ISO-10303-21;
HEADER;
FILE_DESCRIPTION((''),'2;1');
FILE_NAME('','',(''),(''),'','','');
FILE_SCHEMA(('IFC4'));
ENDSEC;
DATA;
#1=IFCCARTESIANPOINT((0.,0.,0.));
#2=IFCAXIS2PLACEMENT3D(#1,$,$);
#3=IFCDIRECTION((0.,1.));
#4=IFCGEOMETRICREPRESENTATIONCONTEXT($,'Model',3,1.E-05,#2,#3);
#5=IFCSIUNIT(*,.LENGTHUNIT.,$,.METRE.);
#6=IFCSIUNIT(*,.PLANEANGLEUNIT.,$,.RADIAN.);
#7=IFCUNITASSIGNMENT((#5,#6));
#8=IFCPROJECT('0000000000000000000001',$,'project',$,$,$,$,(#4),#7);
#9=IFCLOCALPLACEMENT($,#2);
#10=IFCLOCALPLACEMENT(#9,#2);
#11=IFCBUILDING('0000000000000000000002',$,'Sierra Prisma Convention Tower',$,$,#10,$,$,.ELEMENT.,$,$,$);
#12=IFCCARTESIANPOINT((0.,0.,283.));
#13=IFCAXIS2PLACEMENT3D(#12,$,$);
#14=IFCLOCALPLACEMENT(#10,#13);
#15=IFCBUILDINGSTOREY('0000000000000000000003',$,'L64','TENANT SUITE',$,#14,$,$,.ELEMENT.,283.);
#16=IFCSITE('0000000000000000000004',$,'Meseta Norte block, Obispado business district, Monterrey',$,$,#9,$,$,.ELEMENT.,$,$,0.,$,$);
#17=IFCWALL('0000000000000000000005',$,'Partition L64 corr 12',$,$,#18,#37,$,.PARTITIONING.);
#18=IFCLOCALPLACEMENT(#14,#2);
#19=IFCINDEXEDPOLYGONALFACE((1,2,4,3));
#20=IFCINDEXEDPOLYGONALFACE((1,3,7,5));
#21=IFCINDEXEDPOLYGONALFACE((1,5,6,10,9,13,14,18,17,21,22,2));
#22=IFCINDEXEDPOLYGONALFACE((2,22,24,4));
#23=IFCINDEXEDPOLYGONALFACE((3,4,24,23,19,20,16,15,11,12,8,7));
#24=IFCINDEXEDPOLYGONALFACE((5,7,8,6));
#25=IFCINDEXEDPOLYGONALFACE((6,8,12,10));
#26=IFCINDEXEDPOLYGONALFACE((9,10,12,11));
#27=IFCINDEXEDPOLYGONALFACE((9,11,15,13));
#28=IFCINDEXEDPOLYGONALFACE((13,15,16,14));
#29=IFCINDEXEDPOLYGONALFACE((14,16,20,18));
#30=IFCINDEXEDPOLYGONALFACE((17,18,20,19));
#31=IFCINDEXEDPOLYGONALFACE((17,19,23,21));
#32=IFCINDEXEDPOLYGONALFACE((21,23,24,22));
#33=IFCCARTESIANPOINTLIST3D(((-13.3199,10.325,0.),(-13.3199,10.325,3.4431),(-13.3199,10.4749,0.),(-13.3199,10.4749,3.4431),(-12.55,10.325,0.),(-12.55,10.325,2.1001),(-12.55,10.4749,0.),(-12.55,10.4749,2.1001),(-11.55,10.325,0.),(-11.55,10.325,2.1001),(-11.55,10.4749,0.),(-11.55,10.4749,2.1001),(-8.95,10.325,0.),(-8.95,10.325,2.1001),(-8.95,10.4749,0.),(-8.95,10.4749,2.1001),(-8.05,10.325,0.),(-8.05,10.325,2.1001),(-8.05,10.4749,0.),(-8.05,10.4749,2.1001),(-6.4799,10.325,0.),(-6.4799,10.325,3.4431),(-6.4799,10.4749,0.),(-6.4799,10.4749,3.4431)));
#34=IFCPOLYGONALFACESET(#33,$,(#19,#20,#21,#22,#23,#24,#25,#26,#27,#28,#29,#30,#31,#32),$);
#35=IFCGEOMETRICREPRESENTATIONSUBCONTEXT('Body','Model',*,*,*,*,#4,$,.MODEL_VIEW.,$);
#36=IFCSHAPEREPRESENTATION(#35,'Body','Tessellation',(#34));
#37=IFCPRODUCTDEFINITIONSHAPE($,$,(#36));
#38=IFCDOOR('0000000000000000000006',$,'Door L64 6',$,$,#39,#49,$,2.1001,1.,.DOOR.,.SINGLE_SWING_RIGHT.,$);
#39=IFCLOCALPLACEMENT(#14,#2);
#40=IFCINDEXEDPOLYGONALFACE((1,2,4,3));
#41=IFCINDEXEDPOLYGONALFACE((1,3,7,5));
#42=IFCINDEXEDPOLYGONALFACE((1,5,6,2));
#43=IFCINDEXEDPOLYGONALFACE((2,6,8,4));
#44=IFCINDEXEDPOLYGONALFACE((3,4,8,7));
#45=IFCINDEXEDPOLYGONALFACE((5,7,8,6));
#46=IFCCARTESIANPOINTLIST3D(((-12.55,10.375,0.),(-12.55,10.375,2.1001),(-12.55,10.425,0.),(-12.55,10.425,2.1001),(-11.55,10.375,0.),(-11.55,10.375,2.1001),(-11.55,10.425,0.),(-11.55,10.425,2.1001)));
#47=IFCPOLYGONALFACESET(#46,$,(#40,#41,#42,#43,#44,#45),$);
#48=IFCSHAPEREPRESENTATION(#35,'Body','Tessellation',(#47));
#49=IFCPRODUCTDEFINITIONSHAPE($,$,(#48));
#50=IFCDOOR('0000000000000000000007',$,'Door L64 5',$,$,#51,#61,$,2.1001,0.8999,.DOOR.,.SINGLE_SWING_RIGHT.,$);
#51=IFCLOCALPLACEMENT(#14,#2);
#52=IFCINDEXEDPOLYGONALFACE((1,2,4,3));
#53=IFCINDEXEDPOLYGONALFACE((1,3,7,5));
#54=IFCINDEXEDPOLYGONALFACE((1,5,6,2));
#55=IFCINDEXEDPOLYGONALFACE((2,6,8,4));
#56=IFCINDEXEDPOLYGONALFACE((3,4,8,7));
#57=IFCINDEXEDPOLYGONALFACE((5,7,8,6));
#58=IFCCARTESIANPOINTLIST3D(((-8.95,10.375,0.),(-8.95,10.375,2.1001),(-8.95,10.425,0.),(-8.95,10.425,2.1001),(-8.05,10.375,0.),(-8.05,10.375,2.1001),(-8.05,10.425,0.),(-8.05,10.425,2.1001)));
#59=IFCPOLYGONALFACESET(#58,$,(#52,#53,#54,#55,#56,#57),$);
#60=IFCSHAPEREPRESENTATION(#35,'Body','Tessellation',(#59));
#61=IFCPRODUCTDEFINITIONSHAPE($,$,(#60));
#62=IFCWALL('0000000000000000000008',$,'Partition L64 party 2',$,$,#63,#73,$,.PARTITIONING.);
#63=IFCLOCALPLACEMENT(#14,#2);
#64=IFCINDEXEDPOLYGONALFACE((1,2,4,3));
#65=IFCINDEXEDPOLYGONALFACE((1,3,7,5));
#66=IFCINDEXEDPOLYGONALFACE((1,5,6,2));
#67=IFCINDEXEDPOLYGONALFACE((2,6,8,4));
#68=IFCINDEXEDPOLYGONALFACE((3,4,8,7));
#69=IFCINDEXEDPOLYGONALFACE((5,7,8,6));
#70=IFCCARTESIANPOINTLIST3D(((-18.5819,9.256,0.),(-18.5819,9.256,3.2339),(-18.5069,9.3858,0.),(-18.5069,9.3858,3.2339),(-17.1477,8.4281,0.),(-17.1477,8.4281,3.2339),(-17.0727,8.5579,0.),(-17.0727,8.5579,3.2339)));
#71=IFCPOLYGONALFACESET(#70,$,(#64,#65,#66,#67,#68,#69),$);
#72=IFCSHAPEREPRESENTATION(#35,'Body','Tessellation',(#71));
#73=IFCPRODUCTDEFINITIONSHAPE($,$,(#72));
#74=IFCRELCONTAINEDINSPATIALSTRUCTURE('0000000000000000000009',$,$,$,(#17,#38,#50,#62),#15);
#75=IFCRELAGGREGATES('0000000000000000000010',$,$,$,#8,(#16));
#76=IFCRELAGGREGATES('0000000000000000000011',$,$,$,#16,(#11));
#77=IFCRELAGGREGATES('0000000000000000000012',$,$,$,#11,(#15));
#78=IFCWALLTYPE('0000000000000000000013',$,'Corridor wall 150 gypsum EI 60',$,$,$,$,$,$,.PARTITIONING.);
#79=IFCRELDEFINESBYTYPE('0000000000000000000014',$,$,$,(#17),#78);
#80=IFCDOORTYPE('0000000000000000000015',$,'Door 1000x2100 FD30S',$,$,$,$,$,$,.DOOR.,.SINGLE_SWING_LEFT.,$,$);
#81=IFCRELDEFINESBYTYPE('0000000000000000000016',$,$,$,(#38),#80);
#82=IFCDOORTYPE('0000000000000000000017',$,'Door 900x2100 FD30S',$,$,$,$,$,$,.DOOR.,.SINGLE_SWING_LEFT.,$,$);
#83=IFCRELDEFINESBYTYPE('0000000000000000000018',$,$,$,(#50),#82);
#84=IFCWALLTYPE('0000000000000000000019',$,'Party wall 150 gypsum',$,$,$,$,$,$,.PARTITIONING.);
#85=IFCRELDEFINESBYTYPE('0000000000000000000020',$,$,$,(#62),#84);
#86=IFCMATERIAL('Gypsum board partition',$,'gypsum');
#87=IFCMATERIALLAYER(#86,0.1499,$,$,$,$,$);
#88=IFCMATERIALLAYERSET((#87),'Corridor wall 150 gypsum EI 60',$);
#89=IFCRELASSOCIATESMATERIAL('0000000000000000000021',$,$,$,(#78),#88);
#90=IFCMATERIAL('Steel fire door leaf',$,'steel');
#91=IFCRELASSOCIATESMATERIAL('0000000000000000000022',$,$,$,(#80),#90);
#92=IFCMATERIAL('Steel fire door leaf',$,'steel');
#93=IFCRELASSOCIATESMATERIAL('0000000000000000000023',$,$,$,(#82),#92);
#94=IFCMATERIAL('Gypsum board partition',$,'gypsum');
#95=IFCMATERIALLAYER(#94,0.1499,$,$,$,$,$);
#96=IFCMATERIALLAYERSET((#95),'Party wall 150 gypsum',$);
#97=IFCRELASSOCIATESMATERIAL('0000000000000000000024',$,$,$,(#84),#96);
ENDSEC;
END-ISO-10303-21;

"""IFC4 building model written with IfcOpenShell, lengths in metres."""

from ifc_helpers import new_model, si_unit, direction, frame, frame_2d, origin, place, context, subcontext, project, spatial, rectangle, extrude, material, layer, layer_set, type_object, element, fill, save


model = new_model("IFC4")

# Units and contexts
model_context = context("Model", 3, precision=1e-05, world=origin(), true_north=direction((0.0, 1.0)))
body_context = subcontext(model_context, "Body", "Model", "MODEL_VIEW")
ifc_project = project(units=[si_unit("LENGTHUNIT", "METRE"), si_unit("PLANEANGLEUNIT", "RADIAN")], contexts=[model_context])

# Site, building, storey
site_placement = place(None, origin())
site = spatial("IfcSite", under=ifc_project, at=site_placement, Name="Meseta Norte block, Obispado business district, Monterrey", CompositionType="ELEMENT", RefElevation=0.0)
building_placement = place(site_placement, origin())
building = spatial("IfcBuilding", under=site, at=building_placement, Name="Sierra Prisma Convention Tower", CompositionType="ELEMENT")
storey_placement = place(building_placement, frame((0.0, 0.0, 283.0)))
storey = spatial("IfcBuildingStorey", under=building, at=storey_placement, Name="L64", Description="TENANT SUITE", CompositionType="ELEMENT", Elevation=283.0)

# Shared definitions
ifc_material_1 = material(Name="Gypsum board partition", Category="gypsum")
ifc_layer_1 = layer(ifc_material_1, 0.1499)
ifc_layer_set_1 = layer_set([ifc_layer_1], Name="Corridor wall 150 gypsum EI 60")
wall_type_1 = type_object("IfcWallType", Name="Corridor wall 150 gypsum EI 60", PredefinedType="PARTITIONING", material=ifc_layer_set_1)

# Wall, openings, doors
wall_1_placement = place(storey_placement, frame((-6.48, 10.3999, 0.0), z_axis=(0.0, 0.0, 1.0), x_axis=(-1.0, 0.0, 0.0)))
wall_1 = element("IfcWall", 1, at=wall_1_placement, inside=storey, type_object=wall_type_1, Name="Partition L64 corr 12", PredefinedType="PARTITIONING", context=body_context, shape_type="SweptSolid", body=[
    extrude(rectangle(XDim=6.8401, YDim=0.1499, at=frame_2d((3.4199, 0.0))), origin(), (0.0, 0.0, 1.0), 3.4431),
])
opening_1_placement = place(wall_1_placement, frame((1.5701, 0.0, 0.0)))
opening_1 = element("IfcOpeningElement", 2, at=opening_1_placement, cuts=wall_1, PredefinedType="OPENING", context=body_context, shape_type="SweptSolid", body=[
    extrude(rectangle(XDim=0.8999, YDim=2.1001, at=frame_2d((0.45, 1.05))), frame((0.0, 0.075, 0.0), z_axis=(0.0, -1.0, 0.0), x_axis=(1.0, 0.0, 0.0)), (0.0, 0.0, 1.0), 0.1499),
])
opening_2_placement = place(wall_1_placement, frame((5.0701, 0.0, 0.0)))
opening_2 = element("IfcOpeningElement", 3, at=opening_2_placement, cuts=wall_1, PredefinedType="OPENING", context=body_context, shape_type="SweptSolid", body=[
    extrude(rectangle(XDim=1.0, YDim=2.1001, at=frame_2d((0.5, 1.05))), frame((0.0, 0.075, 0.0), z_axis=(0.0, -1.0, 0.0), x_axis=(1.0, 0.0, 0.0)), (0.0, 0.0, 1.0), 0.1499),
])
ifc_material_2 = material(Name="Steel fire door leaf", Category="steel")
door_type_1 = type_object("IfcDoorType", Name="Door 1000x2100 FD30S", OperationType="SINGLE_SWING_LEFT", PredefinedType="DOOR", material=ifc_material_2)
door_1_placement = place(opening_2_placement, origin())
door_1 = element("IfcDoor", 4, at=door_1_placement, inside=storey, type_object=door_type_1, Name="Door L64 6", OperationType="SINGLE_SWING_RIGHT", OverallHeight=2.1001, OverallWidth=1.0, PredefinedType="DOOR", context=body_context, shape_type="SweptSolid", body=[
    extrude(rectangle(XDim=1.0, YDim=2.1001, at=frame_2d((0.5, 1.05))), frame((0.0, 0.0249, 0.0), z_axis=(0.0, -1.0, 0.0), x_axis=(1.0, 0.0, 0.0)), (0.0, 0.0, 1.0), 0.05),
])
fill(opening_2, door_1)
ifc_material_3 = material(Name="Steel fire door leaf", Category="steel")
door_type_2 = type_object("IfcDoorType", Name="Door 900x2100 FD30S", OperationType="SINGLE_SWING_LEFT", PredefinedType="DOOR", material=ifc_material_3)
door_2_placement = place(opening_1_placement, origin())
door_2 = element("IfcDoor", 5, at=door_2_placement, inside=storey, type_object=door_type_2, Name="Door L64 5", OperationType="SINGLE_SWING_RIGHT", OverallHeight=2.1001, OverallWidth=0.8999, PredefinedType="DOOR", context=body_context, shape_type="SweptSolid", body=[
    extrude(rectangle(XDim=0.8999, YDim=2.1001, at=frame_2d((0.45, 1.05))), frame((0.0, 0.0249, 0.0), z_axis=(0.0, -1.0, 0.0), x_axis=(1.0, 0.0, 0.0)), (0.0, 0.0, 1.0), 0.05),
])
fill(opening_1, door_2)

# Wall
ifc_material_4 = material(Name="Gypsum board partition", Category="gypsum")
ifc_layer_2 = layer(ifc_material_4, 0.1499)
ifc_layer_set_2 = layer_set([ifc_layer_2], Name="Party wall 150 gypsum")
wall_type_2 = type_object("IfcWallType", Name="Party wall 150 gypsum", PredefinedType="PARTITIONING", material=ifc_layer_set_2)
wall_2_placement = place(storey_placement, frame((-17.1101, 8.4929, 0.0), z_axis=(0.0, 0.0, 1.0), x_axis=(-0.866048, 0.499961, 0.0)))
element("IfcWall", 6, at=wall_2_placement, inside=storey, type_object=wall_type_2, Name="Partition L64 party 2", PredefinedType="PARTITIONING", context=body_context, shape_type="SweptSolid", body=[
    extrude(rectangle(XDim=1.656, YDim=0.1499, at=frame_2d((0.8281, 0.0))), origin(), (0.0, 0.0, 1.0), 3.2339),
])

save(model, "model.ifc")
